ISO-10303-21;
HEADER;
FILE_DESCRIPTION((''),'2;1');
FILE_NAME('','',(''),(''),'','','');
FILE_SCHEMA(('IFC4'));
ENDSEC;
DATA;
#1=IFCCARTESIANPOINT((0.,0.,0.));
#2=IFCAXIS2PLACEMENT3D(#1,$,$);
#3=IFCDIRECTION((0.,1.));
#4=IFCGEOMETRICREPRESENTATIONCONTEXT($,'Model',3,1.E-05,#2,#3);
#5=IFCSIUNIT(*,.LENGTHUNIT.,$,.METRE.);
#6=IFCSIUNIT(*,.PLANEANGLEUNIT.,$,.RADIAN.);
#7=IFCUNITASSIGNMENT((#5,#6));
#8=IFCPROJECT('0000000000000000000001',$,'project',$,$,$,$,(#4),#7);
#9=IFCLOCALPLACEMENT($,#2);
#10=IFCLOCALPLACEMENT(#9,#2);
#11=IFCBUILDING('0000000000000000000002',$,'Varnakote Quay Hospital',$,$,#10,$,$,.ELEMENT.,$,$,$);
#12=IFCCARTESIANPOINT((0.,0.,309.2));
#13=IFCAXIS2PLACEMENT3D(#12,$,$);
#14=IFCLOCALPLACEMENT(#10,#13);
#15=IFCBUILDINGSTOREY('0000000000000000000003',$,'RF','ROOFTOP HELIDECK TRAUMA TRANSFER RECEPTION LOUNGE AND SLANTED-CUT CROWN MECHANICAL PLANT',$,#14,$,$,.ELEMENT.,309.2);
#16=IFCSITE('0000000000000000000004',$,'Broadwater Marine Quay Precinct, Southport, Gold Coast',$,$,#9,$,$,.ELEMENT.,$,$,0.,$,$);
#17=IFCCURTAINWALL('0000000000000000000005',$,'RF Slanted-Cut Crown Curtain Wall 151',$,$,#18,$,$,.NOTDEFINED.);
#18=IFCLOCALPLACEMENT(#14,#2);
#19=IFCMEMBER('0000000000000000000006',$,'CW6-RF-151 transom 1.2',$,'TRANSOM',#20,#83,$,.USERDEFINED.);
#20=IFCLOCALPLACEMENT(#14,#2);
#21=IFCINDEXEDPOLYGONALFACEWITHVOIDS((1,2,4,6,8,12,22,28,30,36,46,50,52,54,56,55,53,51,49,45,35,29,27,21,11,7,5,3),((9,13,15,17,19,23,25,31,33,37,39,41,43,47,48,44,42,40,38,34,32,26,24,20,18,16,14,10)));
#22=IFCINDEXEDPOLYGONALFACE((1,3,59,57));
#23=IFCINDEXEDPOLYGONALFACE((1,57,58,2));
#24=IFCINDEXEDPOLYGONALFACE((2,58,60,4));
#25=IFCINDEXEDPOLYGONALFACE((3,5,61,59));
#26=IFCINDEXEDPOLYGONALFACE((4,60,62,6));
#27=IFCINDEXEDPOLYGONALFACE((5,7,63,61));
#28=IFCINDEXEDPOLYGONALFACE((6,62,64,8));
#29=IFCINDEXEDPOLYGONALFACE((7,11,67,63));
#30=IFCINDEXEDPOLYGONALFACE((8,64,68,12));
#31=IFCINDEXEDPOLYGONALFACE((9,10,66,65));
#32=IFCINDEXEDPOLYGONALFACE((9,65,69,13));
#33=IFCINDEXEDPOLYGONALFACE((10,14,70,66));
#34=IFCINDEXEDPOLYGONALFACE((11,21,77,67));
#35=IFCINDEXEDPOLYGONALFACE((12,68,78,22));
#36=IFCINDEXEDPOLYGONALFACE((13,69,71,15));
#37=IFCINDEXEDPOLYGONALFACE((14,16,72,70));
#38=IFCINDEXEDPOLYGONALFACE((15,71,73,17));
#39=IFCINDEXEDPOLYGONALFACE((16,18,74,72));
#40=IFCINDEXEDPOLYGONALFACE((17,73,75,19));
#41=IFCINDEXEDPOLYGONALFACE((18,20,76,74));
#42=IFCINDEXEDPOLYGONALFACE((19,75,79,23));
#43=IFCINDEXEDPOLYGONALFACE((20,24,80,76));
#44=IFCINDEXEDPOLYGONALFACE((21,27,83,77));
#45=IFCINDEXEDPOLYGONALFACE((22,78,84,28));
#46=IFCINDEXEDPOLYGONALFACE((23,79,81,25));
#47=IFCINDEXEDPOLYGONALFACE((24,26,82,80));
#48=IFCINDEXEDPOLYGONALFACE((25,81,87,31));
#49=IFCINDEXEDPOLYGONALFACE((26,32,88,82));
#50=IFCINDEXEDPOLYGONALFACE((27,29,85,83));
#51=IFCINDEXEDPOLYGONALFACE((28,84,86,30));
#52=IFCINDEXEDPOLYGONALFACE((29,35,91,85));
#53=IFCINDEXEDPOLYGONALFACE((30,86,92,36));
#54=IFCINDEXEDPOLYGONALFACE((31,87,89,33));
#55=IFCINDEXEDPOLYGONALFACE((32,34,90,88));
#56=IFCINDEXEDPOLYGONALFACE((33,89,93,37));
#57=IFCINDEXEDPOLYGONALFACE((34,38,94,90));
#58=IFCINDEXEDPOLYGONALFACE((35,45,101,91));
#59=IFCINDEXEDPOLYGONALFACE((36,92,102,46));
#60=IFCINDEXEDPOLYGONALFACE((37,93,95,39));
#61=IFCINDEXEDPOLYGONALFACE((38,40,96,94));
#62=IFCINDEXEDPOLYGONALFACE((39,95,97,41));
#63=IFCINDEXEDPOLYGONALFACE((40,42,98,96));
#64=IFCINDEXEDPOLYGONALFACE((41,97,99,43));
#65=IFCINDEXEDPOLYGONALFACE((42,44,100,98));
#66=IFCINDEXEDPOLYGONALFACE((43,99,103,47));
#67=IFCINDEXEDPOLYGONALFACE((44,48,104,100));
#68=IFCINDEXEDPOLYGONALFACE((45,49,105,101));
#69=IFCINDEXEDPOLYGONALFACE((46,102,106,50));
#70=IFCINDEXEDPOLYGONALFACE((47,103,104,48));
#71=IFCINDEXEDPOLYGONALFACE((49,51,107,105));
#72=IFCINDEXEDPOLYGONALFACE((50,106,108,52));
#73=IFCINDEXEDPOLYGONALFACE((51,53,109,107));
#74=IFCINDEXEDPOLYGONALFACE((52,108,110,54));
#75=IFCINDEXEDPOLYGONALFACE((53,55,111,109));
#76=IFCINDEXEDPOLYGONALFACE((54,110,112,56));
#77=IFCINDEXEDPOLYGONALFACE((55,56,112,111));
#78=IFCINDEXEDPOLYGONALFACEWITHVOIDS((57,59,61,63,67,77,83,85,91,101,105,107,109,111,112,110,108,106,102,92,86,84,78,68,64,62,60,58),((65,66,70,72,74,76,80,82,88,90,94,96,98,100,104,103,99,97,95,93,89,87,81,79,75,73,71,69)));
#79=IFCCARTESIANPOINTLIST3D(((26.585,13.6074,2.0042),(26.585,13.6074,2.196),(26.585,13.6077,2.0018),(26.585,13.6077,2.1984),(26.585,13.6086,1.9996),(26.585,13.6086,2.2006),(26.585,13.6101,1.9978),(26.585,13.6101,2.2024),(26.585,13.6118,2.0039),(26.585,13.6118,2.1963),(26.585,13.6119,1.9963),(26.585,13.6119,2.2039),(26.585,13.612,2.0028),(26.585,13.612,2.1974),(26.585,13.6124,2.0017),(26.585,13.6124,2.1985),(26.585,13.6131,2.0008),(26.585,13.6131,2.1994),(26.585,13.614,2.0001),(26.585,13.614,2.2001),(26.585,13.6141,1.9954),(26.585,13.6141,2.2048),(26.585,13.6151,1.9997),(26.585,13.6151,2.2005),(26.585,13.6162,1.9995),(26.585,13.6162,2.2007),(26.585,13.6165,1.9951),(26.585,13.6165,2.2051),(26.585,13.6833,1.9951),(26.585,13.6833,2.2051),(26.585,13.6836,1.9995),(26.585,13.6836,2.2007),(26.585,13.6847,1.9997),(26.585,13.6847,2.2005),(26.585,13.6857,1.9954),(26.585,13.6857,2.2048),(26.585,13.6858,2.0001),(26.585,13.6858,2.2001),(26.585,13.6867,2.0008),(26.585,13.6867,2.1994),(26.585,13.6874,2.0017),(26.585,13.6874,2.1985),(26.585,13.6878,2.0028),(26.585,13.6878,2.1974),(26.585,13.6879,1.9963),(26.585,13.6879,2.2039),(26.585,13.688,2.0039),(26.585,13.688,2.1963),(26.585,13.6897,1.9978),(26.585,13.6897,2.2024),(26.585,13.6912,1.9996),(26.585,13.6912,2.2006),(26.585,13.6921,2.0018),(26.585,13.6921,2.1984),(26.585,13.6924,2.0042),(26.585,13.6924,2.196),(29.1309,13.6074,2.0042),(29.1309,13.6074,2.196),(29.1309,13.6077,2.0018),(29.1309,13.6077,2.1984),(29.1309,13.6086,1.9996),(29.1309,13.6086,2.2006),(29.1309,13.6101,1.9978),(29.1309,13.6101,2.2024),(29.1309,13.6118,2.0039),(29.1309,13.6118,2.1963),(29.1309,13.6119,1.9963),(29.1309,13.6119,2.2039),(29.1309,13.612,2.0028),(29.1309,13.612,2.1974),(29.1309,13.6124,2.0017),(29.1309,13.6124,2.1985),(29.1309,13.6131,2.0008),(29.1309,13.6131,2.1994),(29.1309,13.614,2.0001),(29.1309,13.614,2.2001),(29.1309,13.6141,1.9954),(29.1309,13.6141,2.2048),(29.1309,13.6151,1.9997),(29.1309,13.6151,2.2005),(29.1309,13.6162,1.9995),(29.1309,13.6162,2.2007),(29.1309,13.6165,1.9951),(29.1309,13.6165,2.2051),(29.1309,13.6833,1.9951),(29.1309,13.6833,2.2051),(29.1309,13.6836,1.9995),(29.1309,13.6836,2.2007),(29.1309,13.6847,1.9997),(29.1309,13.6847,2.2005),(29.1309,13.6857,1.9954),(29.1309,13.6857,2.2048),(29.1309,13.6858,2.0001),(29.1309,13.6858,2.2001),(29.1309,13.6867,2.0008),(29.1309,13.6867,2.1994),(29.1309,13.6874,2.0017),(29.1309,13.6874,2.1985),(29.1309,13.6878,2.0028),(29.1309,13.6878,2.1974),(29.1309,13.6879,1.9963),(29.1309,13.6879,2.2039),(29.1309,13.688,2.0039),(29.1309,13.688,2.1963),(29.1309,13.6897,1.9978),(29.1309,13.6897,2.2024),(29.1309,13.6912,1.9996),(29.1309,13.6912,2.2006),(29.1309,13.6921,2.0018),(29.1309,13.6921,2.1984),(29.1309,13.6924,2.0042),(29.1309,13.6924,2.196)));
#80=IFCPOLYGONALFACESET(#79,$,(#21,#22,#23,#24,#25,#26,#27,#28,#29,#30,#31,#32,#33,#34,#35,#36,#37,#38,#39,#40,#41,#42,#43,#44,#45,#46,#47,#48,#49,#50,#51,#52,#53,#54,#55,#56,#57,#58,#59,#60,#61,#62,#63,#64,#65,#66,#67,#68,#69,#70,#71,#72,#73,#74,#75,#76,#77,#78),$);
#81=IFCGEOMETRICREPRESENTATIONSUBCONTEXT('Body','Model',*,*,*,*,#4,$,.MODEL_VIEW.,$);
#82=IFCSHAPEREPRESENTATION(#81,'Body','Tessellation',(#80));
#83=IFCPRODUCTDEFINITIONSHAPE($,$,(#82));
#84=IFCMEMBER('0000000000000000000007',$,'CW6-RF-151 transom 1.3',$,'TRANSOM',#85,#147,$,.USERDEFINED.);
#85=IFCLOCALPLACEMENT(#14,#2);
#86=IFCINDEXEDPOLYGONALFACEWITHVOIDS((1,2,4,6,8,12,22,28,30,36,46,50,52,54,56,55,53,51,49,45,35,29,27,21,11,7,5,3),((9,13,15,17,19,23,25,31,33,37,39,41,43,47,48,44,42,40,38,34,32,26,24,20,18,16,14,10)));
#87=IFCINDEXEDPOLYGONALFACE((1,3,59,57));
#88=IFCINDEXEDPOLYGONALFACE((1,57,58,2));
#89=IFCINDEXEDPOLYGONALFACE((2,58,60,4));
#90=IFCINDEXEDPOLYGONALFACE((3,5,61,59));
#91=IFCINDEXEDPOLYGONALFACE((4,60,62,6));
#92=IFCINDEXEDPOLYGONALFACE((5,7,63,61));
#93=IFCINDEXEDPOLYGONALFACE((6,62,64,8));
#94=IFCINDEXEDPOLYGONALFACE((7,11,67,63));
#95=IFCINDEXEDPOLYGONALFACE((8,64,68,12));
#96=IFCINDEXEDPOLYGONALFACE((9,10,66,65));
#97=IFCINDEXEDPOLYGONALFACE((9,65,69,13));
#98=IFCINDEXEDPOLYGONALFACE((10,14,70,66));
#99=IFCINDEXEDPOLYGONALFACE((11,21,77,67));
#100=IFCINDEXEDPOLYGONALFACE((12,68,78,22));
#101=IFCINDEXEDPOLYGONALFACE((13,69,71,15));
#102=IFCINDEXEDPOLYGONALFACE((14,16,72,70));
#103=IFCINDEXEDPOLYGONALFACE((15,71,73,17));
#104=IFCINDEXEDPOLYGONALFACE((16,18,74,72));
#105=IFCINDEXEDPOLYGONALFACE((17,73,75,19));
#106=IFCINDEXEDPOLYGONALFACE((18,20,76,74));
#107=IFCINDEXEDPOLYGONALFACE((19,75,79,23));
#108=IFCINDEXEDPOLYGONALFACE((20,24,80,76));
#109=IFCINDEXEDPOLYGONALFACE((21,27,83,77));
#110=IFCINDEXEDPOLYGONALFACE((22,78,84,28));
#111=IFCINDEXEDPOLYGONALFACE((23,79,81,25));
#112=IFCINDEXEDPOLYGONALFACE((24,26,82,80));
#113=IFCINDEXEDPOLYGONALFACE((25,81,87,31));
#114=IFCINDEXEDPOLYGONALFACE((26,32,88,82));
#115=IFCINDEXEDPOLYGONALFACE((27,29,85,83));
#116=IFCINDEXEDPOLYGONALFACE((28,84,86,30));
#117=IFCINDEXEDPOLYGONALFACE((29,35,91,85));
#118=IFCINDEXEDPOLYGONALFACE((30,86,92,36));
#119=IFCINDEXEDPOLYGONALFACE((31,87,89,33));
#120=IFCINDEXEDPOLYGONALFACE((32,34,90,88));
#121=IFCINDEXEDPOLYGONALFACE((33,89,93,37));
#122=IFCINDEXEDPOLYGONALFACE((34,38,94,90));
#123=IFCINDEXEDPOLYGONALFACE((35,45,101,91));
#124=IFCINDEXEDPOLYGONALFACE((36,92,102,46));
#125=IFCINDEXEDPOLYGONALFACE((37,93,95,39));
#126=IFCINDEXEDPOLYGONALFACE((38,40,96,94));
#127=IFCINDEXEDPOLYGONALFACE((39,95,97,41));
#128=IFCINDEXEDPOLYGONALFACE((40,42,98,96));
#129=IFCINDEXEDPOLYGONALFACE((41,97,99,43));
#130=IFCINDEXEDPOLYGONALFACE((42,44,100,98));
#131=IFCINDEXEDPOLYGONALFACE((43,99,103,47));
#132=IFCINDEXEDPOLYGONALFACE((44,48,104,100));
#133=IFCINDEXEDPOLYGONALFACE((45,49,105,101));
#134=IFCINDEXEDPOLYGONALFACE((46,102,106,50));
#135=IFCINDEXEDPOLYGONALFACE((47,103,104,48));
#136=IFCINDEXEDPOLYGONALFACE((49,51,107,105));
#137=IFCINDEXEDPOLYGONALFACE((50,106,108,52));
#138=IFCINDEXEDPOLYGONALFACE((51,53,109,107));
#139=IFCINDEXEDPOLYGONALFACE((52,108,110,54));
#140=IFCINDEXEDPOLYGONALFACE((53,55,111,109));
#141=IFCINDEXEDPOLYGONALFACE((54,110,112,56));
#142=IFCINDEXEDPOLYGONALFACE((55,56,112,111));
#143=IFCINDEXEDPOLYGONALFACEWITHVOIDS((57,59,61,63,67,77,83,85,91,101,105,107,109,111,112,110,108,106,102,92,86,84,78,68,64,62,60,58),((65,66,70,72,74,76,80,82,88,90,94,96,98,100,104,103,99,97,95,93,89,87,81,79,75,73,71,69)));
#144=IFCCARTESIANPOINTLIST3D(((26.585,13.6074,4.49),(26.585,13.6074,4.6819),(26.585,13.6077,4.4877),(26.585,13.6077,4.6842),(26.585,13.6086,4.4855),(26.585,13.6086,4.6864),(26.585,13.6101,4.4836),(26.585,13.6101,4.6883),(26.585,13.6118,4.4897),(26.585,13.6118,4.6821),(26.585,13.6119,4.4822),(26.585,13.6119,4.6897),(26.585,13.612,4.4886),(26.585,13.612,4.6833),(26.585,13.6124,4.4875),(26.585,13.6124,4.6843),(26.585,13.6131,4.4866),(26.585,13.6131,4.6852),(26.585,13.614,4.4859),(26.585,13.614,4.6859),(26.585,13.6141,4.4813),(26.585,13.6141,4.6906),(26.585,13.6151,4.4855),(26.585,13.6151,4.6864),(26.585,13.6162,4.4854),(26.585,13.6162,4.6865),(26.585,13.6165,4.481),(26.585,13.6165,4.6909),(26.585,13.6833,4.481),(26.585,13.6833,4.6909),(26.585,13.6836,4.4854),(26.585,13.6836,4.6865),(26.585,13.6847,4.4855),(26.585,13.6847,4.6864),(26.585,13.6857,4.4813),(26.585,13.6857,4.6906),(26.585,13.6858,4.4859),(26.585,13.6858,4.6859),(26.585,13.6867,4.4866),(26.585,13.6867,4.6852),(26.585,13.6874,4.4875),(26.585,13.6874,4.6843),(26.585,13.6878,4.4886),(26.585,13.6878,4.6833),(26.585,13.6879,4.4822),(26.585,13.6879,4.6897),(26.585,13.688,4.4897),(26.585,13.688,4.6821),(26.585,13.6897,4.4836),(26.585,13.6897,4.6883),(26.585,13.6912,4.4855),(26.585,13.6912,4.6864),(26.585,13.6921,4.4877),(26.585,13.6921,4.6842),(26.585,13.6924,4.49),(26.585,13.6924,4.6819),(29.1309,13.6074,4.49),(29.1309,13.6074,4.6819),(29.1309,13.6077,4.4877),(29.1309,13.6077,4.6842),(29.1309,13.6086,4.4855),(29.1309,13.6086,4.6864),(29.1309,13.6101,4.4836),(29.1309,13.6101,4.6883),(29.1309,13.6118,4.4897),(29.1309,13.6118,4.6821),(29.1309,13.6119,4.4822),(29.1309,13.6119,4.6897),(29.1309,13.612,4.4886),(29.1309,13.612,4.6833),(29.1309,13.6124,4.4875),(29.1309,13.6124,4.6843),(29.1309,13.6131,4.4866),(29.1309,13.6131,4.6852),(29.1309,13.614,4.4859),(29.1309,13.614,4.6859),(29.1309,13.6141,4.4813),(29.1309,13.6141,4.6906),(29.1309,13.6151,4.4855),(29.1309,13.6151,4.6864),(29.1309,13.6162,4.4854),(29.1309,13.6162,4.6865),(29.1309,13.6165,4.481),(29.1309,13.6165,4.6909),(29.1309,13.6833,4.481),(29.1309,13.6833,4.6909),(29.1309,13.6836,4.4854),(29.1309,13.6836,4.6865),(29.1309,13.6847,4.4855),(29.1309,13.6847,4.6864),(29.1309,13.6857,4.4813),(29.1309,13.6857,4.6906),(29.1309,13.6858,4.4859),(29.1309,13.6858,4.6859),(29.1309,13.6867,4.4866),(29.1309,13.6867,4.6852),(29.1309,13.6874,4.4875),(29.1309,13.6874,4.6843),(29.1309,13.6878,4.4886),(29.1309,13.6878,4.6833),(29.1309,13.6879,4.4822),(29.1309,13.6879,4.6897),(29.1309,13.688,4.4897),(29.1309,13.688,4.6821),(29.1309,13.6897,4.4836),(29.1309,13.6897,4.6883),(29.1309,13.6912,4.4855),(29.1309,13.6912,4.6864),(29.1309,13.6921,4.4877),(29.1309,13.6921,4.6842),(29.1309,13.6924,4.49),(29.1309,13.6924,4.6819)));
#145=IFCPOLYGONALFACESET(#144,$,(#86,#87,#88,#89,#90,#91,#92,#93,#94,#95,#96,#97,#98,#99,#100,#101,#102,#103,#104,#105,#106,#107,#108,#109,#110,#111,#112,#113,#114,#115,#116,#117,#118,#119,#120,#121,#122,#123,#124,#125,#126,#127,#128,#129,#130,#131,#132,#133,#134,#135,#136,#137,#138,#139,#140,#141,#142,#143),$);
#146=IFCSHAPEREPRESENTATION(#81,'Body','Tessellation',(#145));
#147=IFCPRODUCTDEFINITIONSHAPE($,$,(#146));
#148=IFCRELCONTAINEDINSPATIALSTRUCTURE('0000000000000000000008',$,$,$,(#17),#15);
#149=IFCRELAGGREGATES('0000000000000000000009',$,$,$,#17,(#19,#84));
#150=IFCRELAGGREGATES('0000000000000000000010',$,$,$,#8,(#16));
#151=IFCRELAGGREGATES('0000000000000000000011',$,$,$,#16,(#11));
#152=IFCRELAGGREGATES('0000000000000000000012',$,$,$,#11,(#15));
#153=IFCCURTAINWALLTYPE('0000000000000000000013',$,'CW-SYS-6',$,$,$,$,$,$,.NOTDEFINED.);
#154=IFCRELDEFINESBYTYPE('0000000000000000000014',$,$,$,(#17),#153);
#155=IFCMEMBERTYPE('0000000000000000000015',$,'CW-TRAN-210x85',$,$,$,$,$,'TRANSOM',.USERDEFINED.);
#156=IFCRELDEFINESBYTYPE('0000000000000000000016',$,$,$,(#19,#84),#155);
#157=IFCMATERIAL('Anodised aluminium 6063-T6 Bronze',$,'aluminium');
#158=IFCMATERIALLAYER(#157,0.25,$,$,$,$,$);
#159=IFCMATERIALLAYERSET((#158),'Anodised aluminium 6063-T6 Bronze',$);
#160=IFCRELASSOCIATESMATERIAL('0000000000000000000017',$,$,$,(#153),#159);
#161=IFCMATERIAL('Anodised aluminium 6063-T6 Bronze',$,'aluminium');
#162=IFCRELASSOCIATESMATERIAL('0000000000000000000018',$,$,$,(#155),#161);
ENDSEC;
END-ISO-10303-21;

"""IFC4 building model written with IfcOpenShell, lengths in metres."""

from ifc_helpers import new_model, si_unit, direction, frame, origin, origin_2d, place, context, subcontext, project, spatial, hollow_rectangle, extrude, material, layer, layer_set, material_profile, profile_set, type_object, element, aggregate, save


model = new_model("IFC4")

# Units and contexts
model_context = context("Model", 3, precision=1e-05, world=origin(), true_north=direction((0.0, 1.0)))
body_context = subcontext(model_context, "Body", "Model", "MODEL_VIEW")
ifc_project = project(units=[si_unit("LENGTHUNIT", "METRE"), si_unit("PLANEANGLEUNIT", "RADIAN")], contexts=[model_context])

# Site, building, storey
site_placement = place(None, origin())
site = spatial("IfcSite", under=ifc_project, at=site_placement, Name="Broadwater Marine Quay Precinct, Southport, Gold Coast", CompositionType="ELEMENT", RefElevation=0.0)
building_placement = place(site_placement, origin())
building = spatial("IfcBuilding", under=site, at=building_placement, Name="Varnakote Quay Hospital", CompositionType="ELEMENT")
storey_placement = place(building_placement, frame((0.0, 0.0, 309.2)))
storey = spatial("IfcBuildingStorey", under=building, at=storey_placement, Name="RF", Description="ROOFTOP HELIDECK TRAUMA TRANSFER RECEPTION LOUNGE AND SLANTED-CUT CROWN MECHANICAL PLANT", CompositionType="ELEMENT", Elevation=309.2)

# Curtain wall
ifc_material_1 = material(Name="Anodised aluminium 6063-T6 Bronze", Category="aluminium")
ifc_layer_1 = layer(ifc_material_1, 0.25)
ifc_layer_set_1 = layer_set([ifc_layer_1], Name="Anodised aluminium 6063-T6 Bronze")
curtain_wall_type = type_object("IfcCurtainWallType", Name="CW-SYS-6", PredefinedType="NOTDEFINED", material=ifc_layer_set_1)
curtain_wall_1_placement = place(storey_placement, origin())
curtain_wall_1 = element("IfcCurtainWall", 1, at=curtain_wall_1_placement, inside=storey, type_object=curtain_wall_type, Name="RF Slanted-Cut Crown Curtain Wall 151", PredefinedType="NOTDEFINED")

# Members
ifc_material_2 = material(Name="Anodised aluminium 6063-T6 Bronze", Category="aluminium")
ifc_material_profile_1 = material_profile(ifc_material_2, hollow_rectangle(XDim=0.085, YDim=0.21, WallThickness=0.0044, InnerFilletRadius=0.0044, OuterFilletRadius=0.009, at=origin_2d()), Name="CW-TRAN-210x85")
ifc_profile_set_1 = profile_set([ifc_material_profile_1], Name="Anodised aluminium 6063-T6 Bronze")
member_type_1 = type_object("IfcMemberType", Name="CW-TRAN-210x85", ElementType="TRANSOM", PredefinedType="USERDEFINED", material=ifc_profile_set_1)
member_1_placement = place(storey_placement, frame((26.585, 13.6499, 2.1001), z_axis=(1.0, 0.0, 0.0), x_axis=(0.0, 1.0, 0.0)))
member_1 = element("IfcMember", 2, at=member_1_placement, type_object=member_type_1, Name="CW6-RF-151 transom 1.2", ObjectType="TRANSOM", PredefinedType="USERDEFINED", context=body_context, shape_type="SweptSolid", body=[
    extrude(hollow_rectangle(XDim=0.085, YDim=0.21, WallThickness=0.0044, InnerFilletRadius=0.0044, OuterFilletRadius=0.009, at=origin_2d()), origin(), (0.0, 0.0, 1.0), 2.5459),
])
member_2_placement = place(storey_placement, frame((26.585, 13.6499, 4.5859), z_axis=(1.0, 0.0, 0.0), x_axis=(0.0, 1.0, 0.0)))
member_2 = element("IfcMember", 3, at=member_2_placement, type_object=member_type_1, Name="CW6-RF-151 transom 1.3", ObjectType="TRANSOM", PredefinedType="USERDEFINED", context=body_context, shape_type="SweptSolid", body=[
    extrude(hollow_rectangle(XDim=0.085, YDim=0.21, WallThickness=0.0044, InnerFilletRadius=0.0044, OuterFilletRadius=0.009, at=origin_2d()), origin(), (0.0, 0.0, 1.0), 2.5459),
])

aggregate(curtain_wall_1, [member_1, member_2])

save(model, "model.ifc")
